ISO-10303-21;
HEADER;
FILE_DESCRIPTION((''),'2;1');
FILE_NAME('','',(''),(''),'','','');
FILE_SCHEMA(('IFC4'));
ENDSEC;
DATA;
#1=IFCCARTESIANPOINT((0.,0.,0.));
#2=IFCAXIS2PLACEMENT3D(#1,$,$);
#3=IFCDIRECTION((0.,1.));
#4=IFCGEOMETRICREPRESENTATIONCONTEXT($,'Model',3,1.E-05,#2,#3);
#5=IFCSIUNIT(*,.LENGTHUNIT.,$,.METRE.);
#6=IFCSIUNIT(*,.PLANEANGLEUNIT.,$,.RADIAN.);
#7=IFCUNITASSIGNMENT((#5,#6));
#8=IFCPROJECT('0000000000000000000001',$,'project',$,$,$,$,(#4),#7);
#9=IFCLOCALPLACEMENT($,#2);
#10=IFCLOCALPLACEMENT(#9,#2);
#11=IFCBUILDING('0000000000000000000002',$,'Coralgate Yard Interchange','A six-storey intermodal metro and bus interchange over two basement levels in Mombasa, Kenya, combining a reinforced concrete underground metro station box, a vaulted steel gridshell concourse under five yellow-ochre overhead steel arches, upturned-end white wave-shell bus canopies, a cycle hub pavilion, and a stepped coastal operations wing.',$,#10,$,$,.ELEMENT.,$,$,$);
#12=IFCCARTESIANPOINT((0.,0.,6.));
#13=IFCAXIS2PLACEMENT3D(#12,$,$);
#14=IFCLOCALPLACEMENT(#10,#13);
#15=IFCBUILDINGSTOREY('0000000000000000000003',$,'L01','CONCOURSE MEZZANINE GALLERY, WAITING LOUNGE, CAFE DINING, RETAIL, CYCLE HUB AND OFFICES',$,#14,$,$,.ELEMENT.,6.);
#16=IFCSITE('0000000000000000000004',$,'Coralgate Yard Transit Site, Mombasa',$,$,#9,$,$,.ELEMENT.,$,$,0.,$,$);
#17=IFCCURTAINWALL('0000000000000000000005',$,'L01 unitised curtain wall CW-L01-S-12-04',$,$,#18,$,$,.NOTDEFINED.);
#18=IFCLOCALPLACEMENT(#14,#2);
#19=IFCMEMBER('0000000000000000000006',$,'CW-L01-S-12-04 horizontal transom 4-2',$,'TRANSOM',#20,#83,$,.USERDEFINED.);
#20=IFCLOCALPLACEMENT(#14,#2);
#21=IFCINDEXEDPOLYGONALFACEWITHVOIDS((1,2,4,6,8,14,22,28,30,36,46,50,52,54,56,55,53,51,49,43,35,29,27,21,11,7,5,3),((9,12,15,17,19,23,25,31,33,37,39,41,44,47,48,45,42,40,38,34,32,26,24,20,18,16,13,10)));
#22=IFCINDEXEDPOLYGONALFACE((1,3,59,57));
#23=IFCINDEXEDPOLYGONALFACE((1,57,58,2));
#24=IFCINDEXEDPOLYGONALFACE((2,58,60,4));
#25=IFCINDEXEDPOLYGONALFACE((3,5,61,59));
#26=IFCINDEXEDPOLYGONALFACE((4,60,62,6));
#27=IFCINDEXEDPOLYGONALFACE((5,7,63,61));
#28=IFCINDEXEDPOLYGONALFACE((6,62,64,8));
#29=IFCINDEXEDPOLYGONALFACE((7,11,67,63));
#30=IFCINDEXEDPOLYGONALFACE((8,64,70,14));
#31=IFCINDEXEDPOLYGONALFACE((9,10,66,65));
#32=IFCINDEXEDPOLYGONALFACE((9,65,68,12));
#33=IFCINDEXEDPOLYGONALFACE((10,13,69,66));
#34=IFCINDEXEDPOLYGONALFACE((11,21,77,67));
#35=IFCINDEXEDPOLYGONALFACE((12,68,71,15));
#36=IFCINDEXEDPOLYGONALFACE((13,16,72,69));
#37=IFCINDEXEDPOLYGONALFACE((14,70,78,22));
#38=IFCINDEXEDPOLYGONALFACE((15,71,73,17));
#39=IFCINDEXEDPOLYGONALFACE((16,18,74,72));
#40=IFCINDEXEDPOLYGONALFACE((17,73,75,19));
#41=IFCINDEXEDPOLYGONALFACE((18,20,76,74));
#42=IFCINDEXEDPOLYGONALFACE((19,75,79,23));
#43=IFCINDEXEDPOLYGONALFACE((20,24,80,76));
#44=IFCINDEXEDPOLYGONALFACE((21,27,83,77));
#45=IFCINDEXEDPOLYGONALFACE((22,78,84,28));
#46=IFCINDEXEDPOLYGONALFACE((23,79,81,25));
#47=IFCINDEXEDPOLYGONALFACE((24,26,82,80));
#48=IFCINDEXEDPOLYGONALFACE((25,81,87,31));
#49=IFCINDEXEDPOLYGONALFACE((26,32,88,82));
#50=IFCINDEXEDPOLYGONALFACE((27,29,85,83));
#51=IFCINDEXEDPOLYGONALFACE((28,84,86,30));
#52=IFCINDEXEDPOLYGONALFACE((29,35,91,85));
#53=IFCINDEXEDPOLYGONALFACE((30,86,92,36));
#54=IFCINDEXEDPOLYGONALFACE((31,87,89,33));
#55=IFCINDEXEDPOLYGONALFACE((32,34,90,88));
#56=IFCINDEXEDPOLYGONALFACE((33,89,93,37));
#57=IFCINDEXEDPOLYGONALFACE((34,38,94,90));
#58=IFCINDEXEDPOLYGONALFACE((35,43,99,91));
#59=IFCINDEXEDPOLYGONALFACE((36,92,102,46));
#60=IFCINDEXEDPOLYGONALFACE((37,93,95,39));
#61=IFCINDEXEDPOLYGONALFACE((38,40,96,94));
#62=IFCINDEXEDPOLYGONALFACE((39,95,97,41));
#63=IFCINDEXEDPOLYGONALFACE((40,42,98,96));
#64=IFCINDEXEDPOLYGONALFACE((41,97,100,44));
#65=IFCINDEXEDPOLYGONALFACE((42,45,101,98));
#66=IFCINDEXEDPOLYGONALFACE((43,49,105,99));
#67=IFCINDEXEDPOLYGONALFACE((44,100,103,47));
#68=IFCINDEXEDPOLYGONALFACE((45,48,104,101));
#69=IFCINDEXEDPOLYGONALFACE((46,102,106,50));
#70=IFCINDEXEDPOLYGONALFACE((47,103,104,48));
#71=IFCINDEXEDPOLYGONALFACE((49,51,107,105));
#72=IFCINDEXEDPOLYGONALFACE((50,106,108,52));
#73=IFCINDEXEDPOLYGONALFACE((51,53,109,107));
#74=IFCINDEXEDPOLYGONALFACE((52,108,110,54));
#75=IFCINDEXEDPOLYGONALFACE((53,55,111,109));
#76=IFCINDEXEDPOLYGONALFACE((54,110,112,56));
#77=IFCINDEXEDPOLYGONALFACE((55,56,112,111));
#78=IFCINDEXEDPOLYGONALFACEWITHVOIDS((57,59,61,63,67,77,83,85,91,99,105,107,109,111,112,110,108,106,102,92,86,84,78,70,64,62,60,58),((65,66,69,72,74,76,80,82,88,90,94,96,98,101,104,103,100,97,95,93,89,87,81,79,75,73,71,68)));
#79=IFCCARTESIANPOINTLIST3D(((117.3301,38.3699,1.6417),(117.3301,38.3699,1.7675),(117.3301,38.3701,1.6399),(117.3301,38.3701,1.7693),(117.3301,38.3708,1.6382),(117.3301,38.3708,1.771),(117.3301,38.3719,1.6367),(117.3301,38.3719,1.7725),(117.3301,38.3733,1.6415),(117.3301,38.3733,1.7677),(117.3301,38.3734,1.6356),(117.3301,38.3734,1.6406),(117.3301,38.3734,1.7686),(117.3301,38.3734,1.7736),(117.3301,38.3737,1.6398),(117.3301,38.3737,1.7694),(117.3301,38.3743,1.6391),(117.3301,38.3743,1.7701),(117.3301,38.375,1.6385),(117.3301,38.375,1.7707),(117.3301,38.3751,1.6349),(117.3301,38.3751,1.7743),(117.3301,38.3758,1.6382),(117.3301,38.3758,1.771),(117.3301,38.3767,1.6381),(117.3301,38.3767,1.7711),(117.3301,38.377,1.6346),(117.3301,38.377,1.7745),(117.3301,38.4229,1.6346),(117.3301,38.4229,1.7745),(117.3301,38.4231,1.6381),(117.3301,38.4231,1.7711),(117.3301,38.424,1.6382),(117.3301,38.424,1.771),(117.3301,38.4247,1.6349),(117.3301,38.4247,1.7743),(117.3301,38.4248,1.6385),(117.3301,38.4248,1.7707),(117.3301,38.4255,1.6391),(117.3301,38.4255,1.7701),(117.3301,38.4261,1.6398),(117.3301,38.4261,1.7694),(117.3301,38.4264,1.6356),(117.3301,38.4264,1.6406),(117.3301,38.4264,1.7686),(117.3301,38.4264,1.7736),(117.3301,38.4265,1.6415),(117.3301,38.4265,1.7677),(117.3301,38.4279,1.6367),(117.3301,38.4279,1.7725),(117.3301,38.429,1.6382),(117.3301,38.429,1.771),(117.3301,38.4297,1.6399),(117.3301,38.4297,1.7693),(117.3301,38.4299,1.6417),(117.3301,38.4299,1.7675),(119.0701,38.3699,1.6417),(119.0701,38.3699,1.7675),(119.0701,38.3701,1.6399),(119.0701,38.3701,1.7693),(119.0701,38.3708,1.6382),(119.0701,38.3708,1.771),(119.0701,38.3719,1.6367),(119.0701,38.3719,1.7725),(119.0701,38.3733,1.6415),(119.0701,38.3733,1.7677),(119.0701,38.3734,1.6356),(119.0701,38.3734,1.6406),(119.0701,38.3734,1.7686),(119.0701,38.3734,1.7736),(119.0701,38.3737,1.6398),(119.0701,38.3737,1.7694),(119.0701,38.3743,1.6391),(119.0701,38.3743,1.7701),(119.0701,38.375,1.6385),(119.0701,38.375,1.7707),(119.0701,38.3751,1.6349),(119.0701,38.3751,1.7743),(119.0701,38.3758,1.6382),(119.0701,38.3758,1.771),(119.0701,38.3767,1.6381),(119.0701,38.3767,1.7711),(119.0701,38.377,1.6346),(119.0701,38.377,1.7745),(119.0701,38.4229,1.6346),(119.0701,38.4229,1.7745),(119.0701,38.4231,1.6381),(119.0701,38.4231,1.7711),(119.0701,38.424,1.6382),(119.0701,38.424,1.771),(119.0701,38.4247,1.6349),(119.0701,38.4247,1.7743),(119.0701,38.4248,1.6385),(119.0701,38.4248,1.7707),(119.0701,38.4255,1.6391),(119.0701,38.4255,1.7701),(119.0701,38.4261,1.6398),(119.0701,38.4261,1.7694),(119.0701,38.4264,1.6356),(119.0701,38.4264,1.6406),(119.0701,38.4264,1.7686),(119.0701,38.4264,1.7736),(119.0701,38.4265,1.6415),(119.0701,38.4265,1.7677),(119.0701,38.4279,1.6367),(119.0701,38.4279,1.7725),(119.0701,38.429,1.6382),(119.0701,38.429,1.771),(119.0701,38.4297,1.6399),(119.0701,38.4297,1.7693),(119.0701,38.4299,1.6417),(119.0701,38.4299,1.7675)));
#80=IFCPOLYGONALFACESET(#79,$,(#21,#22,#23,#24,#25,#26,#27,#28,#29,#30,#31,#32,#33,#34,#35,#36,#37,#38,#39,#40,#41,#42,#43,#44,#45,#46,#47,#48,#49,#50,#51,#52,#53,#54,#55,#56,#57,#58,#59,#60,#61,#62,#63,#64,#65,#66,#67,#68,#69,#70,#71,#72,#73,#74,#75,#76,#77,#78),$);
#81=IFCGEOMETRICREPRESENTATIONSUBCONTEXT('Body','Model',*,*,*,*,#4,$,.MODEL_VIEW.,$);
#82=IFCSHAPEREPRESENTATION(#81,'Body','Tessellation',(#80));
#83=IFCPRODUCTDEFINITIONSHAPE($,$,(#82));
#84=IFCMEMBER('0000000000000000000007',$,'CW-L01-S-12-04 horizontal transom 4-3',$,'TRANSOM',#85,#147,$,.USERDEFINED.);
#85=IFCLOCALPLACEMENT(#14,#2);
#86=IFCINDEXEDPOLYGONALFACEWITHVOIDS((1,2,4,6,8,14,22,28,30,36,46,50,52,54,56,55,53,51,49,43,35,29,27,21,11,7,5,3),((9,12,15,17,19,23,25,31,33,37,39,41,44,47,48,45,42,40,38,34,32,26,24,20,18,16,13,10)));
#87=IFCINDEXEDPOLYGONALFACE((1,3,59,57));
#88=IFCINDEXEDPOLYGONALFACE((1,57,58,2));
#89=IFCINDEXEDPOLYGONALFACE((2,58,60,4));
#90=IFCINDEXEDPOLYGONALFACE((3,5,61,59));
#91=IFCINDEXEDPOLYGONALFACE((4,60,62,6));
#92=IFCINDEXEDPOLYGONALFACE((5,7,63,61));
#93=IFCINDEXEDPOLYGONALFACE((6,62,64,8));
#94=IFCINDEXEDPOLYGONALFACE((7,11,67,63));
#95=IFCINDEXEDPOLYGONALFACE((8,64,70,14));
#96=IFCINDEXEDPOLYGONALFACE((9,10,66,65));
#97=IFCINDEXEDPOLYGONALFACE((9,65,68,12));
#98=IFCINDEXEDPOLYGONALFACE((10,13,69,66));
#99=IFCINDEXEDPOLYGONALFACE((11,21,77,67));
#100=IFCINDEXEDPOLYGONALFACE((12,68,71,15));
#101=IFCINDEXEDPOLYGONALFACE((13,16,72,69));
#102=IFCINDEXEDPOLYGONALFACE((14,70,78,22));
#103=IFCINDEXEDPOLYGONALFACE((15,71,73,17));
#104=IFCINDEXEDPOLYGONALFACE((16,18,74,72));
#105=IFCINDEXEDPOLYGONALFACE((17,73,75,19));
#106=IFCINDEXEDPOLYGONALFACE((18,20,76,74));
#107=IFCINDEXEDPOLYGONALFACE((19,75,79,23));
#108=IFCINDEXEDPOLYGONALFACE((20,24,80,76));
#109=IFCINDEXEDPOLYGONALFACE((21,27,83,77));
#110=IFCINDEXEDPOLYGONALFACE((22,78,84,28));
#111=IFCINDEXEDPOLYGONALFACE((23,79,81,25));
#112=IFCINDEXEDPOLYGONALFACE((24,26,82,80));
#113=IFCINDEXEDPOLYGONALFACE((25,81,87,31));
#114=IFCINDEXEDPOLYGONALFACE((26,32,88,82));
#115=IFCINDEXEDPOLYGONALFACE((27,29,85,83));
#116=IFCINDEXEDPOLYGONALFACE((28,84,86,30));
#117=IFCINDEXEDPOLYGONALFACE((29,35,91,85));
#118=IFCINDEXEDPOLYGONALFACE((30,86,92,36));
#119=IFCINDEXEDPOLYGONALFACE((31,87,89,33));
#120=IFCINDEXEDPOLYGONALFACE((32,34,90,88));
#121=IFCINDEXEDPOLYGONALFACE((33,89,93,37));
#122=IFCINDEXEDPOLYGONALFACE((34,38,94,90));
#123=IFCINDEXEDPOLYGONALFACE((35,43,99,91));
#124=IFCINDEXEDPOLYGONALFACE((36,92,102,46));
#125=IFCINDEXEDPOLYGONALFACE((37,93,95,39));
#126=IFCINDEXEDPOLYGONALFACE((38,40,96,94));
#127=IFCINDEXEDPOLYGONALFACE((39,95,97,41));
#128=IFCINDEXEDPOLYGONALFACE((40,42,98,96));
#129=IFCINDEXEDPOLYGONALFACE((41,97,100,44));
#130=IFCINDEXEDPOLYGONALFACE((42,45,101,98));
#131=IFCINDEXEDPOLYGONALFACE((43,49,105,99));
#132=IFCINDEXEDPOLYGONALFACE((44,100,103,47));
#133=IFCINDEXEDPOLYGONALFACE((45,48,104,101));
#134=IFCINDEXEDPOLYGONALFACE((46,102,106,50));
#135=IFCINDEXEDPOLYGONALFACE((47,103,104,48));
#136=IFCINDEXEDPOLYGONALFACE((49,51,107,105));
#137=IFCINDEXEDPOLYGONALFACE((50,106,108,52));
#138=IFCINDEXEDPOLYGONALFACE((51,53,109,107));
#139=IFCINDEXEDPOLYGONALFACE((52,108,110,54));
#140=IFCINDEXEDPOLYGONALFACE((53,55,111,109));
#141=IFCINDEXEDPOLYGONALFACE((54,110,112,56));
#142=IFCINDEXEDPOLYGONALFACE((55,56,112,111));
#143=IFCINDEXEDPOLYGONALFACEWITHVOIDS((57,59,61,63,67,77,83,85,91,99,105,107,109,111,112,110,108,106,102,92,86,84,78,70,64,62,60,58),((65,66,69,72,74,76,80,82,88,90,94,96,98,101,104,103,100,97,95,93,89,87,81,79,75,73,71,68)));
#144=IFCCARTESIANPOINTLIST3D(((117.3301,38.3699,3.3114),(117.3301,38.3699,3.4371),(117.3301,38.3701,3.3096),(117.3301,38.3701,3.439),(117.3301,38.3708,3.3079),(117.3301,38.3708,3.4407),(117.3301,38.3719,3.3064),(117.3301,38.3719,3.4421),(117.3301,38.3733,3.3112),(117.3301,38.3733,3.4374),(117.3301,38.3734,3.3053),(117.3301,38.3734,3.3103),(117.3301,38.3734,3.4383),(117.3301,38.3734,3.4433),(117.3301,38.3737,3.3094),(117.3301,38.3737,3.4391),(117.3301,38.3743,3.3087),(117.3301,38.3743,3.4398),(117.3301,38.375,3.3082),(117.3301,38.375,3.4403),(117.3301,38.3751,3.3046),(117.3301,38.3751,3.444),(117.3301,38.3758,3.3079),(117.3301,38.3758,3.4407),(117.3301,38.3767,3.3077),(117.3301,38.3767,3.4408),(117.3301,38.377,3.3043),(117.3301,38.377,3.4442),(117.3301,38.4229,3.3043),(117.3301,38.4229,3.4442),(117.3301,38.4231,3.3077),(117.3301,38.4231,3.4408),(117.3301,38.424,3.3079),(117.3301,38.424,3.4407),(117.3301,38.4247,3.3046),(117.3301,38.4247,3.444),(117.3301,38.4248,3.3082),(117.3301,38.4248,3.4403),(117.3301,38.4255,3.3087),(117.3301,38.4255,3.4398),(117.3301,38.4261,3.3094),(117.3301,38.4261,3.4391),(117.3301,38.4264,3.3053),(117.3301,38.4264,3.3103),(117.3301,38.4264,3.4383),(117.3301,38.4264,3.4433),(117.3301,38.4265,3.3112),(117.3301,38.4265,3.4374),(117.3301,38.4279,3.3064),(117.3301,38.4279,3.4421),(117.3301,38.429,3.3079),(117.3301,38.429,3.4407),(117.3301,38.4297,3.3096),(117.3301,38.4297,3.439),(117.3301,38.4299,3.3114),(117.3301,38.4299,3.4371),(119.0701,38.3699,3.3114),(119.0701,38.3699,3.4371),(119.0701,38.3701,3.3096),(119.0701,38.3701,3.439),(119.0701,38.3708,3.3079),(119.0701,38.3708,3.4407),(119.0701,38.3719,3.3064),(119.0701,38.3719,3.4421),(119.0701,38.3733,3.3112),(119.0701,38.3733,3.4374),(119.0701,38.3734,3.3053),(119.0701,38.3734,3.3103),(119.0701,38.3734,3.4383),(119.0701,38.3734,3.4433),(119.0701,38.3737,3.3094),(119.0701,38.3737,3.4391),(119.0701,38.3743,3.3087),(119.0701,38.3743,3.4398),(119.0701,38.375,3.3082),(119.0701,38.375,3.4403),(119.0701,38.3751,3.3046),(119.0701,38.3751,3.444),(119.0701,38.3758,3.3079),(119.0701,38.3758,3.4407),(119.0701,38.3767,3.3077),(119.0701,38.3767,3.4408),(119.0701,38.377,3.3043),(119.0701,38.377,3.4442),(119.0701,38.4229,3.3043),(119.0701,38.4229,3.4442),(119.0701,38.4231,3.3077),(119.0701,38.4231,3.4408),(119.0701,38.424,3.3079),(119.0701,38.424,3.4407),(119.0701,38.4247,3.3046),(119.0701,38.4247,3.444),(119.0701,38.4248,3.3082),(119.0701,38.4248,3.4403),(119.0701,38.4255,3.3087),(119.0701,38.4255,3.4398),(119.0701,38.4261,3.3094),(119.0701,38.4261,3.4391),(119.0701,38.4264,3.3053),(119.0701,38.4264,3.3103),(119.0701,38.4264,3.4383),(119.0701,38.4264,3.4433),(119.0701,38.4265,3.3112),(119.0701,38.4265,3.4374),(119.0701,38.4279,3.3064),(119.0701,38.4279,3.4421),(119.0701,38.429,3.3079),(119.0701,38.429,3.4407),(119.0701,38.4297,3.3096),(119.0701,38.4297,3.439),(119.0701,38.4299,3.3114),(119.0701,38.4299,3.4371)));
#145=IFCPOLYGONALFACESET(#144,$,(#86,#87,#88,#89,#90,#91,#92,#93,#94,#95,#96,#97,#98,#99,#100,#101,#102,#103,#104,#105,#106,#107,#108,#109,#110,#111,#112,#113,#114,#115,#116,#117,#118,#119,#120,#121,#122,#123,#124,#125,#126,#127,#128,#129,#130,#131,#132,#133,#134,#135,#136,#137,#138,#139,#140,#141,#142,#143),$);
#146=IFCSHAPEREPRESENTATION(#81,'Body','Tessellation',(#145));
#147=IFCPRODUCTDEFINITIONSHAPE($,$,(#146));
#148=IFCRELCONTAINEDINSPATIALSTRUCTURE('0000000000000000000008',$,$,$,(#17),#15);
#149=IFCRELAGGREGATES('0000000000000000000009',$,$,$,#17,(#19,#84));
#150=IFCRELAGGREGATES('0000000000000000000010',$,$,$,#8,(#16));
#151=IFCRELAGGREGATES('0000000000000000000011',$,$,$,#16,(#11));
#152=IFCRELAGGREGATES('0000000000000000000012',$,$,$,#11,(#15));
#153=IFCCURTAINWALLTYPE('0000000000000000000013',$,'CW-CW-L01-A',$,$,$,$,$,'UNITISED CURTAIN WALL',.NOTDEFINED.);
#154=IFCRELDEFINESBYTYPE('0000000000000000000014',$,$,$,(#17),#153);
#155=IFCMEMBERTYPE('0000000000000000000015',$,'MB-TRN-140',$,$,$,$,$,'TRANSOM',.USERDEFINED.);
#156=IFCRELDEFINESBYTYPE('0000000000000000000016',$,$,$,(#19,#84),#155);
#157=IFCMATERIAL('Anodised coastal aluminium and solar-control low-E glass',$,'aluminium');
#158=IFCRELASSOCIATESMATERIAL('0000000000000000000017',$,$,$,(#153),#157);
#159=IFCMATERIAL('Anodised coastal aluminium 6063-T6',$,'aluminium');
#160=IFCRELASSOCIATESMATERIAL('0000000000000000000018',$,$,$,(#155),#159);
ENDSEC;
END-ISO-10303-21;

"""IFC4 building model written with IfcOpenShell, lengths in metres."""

from ifc_helpers import new_model, si_unit, direction, frame, origin, origin_2d, place, context, subcontext, project, spatial, hollow_rectangle, extrude, material, material_profile, profile_set, type_object, element, aggregate, save


model = new_model("IFC4")

# Units and contexts
model_context = context("Model", 3, precision=1e-05, world=origin(), true_north=direction((0.0, 1.0)))
body_context = subcontext(model_context, "Body", "Model", "MODEL_VIEW")
ifc_project = project(units=[si_unit("LENGTHUNIT", "METRE"), si_unit("PLANEANGLEUNIT", "RADIAN")], contexts=[model_context])

# Site, building, storey
site_placement = place(None, origin())
site = spatial("IfcSite", under=ifc_project, at=site_placement, Name="Coralgate Yard Transit Site, Mombasa", CompositionType="ELEMENT", RefElevation=0.0)
building_placement = place(site_placement, origin())
building = spatial("IfcBuilding", under=site, at=building_placement, Name="Coralgate Yard Interchange", Description="A six-storey intermodal metro and bus interchange over two basement levels in Mombasa, Kenya, combining a reinforced concrete underground metro station box, a vaulted steel gridshell concourse under five yellow-ochre overhead steel arches, upturned-end white wave-shell bus canopies, a cycle hub pavilion, and a stepped coastal operations wing.", CompositionType="ELEMENT")
storey_placement = place(building_placement, frame((0.0, 0.0, 6.0)))
storey = spatial("IfcBuildingStorey", under=building, at=storey_placement, Name="L01", Description="CONCOURSE MEZZANINE GALLERY, WAITING LOUNGE, CAFE DINING, RETAIL, CYCLE HUB AND OFFICES", CompositionType="ELEMENT", Elevation=6.0)

# Shared definitions
ifc_material_1 = material(Name="Anodised coastal aluminium and solar-control low-E glass", Category="aluminium")
ifc_material_2 = material(Name="Anodised coastal aluminium 6063-T6", Category="aluminium")

# Curtain wall
curtain_wall_type_1 = type_object("IfcCurtainWallType", Name="CW-CW-L01-A", ElementType="UNITISED CURTAIN WALL", PredefinedType="NOTDEFINED", material=ifc_material_1)
curtain_wall_1_placement = place(storey_placement, origin())
curtain_wall_1 = element("IfcCurtainWall", 1, at=curtain_wall_1_placement, inside=storey, type_object=curtain_wall_type_1, Name="L01 unitised curtain wall CW-L01-S-12-04", PredefinedType="NOTDEFINED")

# Members
ifc_material_profile_1 = material_profile(ifc_material_2, hollow_rectangle(XDim=0.0601, YDim=0.1399, WallThickness=0.0034, InnerFilletRadius=0.0034, OuterFilletRadius=0.0071, at=origin_2d()), Name="ALU 60x140x3.5")
ifc_profile_set_1 = profile_set([ifc_material_profile_1], Name="Anodised coastal aluminium 6063-T6")
member_type_1 = type_object("IfcMemberType", Name="MB-TRN-140", ElementType="TRANSOM", PredefinedType="USERDEFINED", material=ifc_profile_set_1)
member_1_placement = place(storey_placement, frame((119.0701, 38.3999, 1.7046), z_axis=(-1.0, 0.0, 0.0), x_axis=(0.0, -1.0, 0.0)))
member_1 = element("IfcMember", 2, at=member_1_placement, type_object=member_type_1, Name="CW-L01-S-12-04 horizontal transom 4-2", ObjectType="TRANSOM", PredefinedType="USERDEFINED", context=body_context, shape_type="SweptSolid", body=[
    extrude(hollow_rectangle(XDim=0.0601, YDim=0.1399, WallThickness=0.0034, InnerFilletRadius=0.0034, OuterFilletRadius=0.0071, at=origin_2d()), origin(), (0.0, 0.0, 1.0), 1.74),
])
member_2_placement = place(storey_placement, frame((119.0701, 38.3999, 3.3743), z_axis=(-1.0, 0.0, 0.0), x_axis=(0.0, -1.0, 0.0)))
member_2 = element("IfcMember", 3, at=member_2_placement, type_object=member_type_1, Name="CW-L01-S-12-04 horizontal transom 4-3", ObjectType="TRANSOM", PredefinedType="USERDEFINED", context=body_context, shape_type="SweptSolid", body=[
    extrude(hollow_rectangle(XDim=0.0601, YDim=0.1399, WallThickness=0.0034, InnerFilletRadius=0.0034, OuterFilletRadius=0.0071, at=origin_2d()), origin(), (0.0, 0.0, 1.0), 1.74),
])

aggregate(curtain_wall_1, [member_1, member_2])

save(model, "model.ifc")
